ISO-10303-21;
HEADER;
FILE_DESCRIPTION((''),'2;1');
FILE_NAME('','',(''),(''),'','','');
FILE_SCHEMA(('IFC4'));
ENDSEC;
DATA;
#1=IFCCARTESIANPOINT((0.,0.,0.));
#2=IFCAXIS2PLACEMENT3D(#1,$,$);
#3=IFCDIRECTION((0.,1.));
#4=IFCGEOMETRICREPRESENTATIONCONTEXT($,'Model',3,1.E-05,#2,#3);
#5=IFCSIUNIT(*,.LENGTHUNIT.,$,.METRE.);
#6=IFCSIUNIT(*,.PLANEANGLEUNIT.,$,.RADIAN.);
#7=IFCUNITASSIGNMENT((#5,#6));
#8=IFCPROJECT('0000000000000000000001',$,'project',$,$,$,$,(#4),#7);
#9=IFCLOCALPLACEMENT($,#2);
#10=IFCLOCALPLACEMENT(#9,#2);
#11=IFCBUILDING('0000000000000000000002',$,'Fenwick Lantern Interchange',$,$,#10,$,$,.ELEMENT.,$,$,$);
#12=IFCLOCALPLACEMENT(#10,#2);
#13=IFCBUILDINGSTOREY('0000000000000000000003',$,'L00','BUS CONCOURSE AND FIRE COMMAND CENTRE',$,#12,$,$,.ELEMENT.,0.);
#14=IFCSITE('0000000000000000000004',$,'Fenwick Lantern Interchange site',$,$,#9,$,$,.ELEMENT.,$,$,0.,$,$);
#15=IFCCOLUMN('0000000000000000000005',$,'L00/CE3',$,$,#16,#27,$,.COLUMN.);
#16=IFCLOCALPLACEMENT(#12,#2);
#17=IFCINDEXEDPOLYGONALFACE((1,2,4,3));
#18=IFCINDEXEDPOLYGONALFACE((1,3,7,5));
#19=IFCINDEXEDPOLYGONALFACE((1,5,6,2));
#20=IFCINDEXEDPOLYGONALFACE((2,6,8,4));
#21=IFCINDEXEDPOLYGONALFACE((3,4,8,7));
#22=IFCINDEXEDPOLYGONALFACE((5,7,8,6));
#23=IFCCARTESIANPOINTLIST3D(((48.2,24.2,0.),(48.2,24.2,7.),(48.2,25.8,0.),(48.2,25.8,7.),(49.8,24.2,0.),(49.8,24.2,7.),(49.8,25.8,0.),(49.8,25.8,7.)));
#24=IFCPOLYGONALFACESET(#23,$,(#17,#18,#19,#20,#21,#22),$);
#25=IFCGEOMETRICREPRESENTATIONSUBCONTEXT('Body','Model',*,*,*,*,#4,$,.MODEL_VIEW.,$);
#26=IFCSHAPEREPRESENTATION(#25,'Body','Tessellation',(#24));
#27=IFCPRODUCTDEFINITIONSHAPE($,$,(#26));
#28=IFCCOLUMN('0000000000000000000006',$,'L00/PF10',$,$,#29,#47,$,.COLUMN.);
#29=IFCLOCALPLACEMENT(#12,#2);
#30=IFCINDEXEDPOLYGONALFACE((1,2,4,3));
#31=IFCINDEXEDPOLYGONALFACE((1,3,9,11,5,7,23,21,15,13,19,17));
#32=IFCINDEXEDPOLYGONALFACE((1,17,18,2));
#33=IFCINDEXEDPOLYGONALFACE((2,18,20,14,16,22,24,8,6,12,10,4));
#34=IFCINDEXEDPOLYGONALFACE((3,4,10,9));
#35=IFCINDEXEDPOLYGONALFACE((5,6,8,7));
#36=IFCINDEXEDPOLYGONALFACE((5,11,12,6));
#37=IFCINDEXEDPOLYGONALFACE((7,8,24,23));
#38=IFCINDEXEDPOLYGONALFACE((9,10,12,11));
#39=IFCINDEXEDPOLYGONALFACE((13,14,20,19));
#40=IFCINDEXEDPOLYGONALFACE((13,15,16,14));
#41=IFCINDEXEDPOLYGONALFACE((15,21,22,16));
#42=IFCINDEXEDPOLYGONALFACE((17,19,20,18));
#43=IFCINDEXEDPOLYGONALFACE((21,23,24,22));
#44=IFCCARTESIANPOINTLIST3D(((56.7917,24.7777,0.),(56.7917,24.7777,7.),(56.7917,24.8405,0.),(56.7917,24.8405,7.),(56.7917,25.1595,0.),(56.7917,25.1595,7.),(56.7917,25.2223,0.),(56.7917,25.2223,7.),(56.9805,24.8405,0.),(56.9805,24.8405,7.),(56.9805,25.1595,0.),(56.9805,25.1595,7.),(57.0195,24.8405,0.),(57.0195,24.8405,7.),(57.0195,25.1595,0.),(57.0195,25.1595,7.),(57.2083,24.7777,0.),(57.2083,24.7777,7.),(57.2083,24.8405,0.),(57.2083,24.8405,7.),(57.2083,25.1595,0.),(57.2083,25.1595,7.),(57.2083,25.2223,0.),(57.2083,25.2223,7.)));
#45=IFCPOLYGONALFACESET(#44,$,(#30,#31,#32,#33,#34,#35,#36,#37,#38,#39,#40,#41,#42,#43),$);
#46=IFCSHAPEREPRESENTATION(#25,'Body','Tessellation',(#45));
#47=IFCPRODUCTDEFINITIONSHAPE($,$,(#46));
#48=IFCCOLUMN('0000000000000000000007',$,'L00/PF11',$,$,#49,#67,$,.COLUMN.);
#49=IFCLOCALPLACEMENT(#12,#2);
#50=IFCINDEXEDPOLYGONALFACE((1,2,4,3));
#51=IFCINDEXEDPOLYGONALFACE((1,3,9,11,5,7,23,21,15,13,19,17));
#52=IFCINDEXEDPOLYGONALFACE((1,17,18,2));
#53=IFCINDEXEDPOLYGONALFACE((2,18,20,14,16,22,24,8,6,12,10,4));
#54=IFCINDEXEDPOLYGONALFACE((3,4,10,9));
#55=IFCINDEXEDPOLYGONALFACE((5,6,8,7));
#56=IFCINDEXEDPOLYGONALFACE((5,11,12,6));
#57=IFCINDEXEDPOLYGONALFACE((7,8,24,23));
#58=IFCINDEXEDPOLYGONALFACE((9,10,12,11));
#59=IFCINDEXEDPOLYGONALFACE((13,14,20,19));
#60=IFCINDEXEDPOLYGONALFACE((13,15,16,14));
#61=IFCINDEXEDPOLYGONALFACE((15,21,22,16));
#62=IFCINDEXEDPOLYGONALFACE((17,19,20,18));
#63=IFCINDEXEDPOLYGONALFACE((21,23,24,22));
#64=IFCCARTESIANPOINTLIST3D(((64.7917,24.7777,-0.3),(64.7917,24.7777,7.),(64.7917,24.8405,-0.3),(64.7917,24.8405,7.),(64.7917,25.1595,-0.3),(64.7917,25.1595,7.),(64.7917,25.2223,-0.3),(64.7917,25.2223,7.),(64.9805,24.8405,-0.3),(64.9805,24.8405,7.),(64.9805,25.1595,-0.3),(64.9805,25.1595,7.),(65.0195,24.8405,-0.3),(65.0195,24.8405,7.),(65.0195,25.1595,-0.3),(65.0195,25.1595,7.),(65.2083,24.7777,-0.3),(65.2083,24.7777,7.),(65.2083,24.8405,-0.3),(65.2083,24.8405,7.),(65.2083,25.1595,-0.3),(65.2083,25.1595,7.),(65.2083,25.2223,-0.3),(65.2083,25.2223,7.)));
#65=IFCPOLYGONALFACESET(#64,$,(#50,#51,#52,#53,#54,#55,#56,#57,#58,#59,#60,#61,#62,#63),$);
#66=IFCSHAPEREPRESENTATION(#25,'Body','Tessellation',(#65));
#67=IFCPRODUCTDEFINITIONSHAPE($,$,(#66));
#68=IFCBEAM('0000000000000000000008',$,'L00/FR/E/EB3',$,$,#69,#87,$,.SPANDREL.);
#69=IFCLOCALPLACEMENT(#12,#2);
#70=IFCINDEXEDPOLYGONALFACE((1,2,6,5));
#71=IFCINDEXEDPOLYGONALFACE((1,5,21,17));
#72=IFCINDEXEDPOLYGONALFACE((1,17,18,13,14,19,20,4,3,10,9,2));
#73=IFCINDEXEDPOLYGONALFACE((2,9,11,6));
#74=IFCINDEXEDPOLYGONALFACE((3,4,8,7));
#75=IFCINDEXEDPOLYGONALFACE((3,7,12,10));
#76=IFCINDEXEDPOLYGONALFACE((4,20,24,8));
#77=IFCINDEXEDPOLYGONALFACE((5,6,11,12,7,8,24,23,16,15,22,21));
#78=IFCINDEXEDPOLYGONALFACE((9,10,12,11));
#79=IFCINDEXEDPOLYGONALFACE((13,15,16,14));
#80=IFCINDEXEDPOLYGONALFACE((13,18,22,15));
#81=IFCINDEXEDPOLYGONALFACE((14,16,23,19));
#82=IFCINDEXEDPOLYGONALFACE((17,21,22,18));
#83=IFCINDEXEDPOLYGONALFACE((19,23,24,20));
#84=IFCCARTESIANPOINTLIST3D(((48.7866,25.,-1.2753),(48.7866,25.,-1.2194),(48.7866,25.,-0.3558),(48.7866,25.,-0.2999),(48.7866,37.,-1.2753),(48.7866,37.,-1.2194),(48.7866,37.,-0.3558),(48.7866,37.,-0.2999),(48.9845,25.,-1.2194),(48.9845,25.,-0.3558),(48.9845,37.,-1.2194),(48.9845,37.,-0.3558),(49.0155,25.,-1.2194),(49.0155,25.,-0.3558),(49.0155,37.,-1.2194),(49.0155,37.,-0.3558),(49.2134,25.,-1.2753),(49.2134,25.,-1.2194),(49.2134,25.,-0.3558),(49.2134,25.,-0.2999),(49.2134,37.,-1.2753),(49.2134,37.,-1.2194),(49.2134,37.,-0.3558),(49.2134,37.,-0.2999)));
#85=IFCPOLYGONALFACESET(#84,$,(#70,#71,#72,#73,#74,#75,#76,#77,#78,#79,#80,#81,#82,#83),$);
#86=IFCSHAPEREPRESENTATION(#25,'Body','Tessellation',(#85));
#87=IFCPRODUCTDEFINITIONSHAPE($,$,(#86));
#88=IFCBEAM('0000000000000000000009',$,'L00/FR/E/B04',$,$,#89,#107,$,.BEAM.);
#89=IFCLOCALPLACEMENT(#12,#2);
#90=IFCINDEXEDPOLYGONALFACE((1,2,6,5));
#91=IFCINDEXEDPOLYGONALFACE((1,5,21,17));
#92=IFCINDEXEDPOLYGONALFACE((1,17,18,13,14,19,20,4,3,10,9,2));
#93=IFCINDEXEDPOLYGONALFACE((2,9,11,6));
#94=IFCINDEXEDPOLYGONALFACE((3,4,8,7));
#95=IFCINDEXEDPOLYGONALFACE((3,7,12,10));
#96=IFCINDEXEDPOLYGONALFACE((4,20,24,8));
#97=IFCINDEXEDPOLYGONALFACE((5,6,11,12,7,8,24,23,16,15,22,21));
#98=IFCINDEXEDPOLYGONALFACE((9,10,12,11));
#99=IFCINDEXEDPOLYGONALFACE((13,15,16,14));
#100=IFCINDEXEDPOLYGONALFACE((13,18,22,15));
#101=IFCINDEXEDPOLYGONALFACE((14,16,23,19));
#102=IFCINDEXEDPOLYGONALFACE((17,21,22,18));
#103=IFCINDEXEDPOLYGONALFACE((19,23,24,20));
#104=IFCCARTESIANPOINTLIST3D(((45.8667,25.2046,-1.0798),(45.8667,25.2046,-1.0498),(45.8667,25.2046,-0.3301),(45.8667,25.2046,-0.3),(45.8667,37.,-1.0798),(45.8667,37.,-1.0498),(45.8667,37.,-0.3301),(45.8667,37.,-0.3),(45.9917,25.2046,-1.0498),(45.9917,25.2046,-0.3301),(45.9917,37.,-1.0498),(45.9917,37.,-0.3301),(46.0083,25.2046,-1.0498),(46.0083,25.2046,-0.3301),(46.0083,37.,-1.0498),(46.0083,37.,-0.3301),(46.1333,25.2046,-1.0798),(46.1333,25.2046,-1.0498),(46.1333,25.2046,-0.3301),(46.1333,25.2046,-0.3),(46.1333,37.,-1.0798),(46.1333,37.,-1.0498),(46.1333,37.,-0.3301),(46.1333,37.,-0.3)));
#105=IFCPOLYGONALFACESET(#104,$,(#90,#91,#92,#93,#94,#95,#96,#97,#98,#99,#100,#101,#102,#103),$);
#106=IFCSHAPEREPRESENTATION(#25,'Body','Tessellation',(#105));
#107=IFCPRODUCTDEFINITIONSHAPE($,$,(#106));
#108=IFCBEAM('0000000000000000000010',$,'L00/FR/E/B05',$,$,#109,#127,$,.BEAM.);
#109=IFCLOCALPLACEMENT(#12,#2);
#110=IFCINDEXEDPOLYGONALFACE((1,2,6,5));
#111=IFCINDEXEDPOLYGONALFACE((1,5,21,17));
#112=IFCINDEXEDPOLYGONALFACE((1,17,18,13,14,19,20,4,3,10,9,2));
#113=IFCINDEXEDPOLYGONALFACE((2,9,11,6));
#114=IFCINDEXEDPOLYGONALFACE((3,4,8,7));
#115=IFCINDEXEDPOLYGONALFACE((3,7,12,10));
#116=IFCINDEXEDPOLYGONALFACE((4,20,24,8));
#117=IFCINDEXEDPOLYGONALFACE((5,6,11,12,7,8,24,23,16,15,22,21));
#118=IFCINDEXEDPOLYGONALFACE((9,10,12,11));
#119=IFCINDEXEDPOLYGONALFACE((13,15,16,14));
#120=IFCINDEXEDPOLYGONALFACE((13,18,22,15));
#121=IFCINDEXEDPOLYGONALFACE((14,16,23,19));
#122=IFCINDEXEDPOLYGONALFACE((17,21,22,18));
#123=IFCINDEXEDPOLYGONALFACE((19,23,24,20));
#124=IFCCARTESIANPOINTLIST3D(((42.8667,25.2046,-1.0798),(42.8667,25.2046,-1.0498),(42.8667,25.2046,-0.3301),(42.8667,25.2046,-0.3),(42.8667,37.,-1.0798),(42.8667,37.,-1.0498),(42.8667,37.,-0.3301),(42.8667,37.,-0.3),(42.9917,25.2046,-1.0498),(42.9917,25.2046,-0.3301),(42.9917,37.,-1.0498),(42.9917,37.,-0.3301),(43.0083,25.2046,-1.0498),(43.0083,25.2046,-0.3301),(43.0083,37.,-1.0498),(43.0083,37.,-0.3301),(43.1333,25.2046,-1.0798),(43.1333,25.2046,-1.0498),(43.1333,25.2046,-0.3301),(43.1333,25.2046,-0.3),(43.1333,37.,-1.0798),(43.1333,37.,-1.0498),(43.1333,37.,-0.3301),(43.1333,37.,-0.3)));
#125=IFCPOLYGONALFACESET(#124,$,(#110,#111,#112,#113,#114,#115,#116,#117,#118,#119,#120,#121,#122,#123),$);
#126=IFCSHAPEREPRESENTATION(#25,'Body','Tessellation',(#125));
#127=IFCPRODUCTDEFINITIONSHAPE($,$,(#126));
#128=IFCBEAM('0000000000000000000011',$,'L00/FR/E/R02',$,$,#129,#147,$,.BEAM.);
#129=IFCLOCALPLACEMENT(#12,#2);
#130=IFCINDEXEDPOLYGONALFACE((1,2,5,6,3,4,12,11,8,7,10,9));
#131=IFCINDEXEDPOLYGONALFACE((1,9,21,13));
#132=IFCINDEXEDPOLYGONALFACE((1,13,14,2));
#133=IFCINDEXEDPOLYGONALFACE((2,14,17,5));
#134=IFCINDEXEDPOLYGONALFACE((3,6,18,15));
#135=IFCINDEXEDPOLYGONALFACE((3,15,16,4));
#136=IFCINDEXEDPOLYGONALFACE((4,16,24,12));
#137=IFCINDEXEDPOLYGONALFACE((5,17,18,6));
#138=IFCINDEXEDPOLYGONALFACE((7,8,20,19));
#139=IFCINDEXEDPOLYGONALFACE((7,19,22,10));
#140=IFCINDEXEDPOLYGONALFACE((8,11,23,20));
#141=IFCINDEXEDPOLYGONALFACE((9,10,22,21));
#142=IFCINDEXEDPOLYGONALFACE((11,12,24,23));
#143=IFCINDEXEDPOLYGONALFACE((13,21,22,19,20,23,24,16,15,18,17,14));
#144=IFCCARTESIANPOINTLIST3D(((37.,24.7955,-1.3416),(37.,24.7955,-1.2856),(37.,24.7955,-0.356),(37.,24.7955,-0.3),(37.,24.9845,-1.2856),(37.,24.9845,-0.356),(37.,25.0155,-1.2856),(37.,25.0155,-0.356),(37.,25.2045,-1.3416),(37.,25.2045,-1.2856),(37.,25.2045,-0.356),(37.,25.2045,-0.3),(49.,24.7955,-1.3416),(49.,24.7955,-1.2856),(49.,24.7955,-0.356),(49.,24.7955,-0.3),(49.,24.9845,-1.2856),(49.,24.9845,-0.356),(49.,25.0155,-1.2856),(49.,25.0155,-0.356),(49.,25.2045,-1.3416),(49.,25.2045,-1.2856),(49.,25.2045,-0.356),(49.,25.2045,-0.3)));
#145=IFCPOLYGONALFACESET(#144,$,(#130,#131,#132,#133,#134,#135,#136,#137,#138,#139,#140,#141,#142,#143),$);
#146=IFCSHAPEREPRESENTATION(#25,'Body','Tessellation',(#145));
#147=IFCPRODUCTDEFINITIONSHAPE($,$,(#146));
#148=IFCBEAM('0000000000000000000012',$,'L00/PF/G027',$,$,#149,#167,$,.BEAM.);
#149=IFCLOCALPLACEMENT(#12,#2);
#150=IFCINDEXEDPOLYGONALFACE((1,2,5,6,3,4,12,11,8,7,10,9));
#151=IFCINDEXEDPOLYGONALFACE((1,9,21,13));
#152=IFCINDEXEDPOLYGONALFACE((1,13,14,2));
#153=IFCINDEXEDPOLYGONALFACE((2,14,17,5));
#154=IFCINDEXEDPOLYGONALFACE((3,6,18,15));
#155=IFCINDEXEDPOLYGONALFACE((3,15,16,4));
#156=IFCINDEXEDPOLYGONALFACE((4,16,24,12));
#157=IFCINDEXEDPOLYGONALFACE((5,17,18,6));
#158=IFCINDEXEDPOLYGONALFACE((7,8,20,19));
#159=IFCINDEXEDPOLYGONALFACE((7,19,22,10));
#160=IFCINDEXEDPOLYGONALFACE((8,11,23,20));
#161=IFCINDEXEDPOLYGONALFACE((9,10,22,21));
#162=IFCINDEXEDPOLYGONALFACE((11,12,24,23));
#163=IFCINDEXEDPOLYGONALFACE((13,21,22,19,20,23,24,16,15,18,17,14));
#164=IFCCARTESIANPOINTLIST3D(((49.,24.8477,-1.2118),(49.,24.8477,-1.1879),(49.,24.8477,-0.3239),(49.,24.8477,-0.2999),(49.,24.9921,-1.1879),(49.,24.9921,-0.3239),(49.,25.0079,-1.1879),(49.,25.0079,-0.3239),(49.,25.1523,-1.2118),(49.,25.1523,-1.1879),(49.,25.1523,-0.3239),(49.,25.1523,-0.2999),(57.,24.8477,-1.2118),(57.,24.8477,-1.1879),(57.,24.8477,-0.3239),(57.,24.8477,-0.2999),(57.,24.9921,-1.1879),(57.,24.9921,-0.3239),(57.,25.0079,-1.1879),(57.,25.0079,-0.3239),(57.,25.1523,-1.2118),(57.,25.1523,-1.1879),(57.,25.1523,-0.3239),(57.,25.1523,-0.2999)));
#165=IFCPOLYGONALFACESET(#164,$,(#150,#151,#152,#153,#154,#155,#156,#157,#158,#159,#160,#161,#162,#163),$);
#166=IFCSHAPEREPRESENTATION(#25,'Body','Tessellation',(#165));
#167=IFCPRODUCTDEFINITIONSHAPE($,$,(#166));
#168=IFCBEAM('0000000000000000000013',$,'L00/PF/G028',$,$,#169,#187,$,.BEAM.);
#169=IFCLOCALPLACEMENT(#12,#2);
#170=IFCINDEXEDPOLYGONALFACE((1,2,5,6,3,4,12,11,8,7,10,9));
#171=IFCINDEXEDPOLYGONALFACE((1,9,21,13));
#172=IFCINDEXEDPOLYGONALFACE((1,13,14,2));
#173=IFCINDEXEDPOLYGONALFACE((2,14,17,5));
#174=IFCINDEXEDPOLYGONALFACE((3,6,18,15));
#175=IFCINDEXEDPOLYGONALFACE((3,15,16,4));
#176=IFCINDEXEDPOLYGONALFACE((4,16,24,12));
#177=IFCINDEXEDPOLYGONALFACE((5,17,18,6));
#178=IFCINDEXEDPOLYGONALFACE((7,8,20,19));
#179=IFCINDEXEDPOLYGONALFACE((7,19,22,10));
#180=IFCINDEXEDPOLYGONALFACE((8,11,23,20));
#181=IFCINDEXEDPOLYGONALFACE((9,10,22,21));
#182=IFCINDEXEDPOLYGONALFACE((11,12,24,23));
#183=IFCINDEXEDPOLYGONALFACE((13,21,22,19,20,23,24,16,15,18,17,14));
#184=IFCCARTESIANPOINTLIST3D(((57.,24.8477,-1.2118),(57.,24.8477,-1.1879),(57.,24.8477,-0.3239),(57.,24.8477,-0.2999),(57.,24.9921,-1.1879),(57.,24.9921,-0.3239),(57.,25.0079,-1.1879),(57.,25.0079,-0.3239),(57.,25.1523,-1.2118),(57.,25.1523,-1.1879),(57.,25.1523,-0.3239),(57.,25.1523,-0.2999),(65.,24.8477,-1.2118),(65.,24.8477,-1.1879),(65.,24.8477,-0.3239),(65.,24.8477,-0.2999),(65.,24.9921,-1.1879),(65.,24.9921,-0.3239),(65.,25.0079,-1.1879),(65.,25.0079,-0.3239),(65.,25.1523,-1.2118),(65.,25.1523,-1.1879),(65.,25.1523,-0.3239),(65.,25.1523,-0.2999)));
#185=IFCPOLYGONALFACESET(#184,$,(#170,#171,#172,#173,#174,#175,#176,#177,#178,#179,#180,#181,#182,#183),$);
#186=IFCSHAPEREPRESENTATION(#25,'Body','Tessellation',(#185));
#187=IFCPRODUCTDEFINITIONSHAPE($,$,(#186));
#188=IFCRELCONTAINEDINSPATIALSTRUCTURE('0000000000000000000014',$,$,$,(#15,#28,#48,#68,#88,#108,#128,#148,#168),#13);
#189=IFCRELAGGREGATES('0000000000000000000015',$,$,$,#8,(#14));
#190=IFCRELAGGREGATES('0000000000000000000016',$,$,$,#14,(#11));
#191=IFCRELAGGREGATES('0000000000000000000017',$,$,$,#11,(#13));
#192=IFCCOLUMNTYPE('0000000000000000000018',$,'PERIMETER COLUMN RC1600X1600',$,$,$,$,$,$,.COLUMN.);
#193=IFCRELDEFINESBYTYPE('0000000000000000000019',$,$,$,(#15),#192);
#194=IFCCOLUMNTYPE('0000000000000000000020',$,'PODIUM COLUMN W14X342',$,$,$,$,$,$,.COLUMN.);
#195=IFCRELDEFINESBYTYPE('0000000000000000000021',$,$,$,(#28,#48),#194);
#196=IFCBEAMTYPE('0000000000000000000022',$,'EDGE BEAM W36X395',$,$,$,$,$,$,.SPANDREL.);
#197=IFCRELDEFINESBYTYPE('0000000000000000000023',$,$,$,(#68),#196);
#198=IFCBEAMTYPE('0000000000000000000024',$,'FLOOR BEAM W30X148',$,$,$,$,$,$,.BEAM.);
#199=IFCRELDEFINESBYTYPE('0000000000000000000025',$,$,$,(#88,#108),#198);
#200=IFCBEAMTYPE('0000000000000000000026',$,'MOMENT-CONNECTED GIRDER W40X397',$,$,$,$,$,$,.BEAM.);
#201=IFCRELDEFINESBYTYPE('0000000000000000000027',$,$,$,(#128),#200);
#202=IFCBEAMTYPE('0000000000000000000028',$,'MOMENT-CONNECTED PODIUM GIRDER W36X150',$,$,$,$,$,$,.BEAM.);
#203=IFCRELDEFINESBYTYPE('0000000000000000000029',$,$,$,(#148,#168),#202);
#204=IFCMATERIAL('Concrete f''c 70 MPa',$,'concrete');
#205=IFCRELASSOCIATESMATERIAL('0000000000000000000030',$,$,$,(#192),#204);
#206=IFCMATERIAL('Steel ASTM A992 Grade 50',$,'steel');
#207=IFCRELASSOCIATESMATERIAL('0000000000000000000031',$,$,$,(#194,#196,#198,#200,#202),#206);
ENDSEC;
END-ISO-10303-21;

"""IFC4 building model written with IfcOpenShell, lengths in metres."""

from ifc_helpers import new_model, si_unit, direction, frame, origin, origin_2d, place, context, subcontext, project, spatial, rectangle, i_section, extrude, material, material_profile, profile_set, type_object, element, save


model = new_model("IFC4")

# Units and contexts
model_context = context("Model", 3, precision=1e-05, world=origin(), true_north=direction((0.0, 1.0)))
body_context = subcontext(model_context, "Body", "Model", "MODEL_VIEW")
ifc_project = project(units=[si_unit("LENGTHUNIT", "METRE"), si_unit("PLANEANGLEUNIT", "RADIAN")], contexts=[model_context])

# Site, building, storey
site_placement = place(None, origin())
site = spatial("IfcSite", under=ifc_project, at=site_placement, Name="Fenwick Lantern Interchange site", CompositionType="ELEMENT", RefElevation=0.0)
building_placement = place(site_placement, origin())
building = spatial("IfcBuilding", under=site, at=building_placement, Name="Fenwick Lantern Interchange", CompositionType="ELEMENT")
storey_placement = place(building_placement, origin())
storey = spatial("IfcBuildingStorey", under=building, at=storey_placement, Name="L00", Description="BUS CONCOURSE AND FIRE COMMAND CENTRE", CompositionType="ELEMENT", Elevation=0.0)

# Columns
ifc_material_1 = material(Name="Concrete f'c 70 MPa", Category="concrete")
ifc_material_profile_1 = material_profile(ifc_material_1, rectangle(XDim=1.6001, YDim=1.6001, at=origin_2d()), Name="RC1600X1600")
ifc_profile_set_1 = profile_set([ifc_material_profile_1], Name="Concrete f'c 70 MPa")
column_type_1 = type_object("IfcColumnType", Name="PERIMETER COLUMN RC1600X1600", PredefinedType="COLUMN", material=ifc_profile_set_1)
column_1_placement = place(storey_placement, frame((49.0, 25.0, 0.0), z_axis=(0.0, 0.0, 1.0), x_axis=(1.0, 0.0, 0.0)))
element("IfcColumn", 1, at=column_1_placement, inside=storey, type_object=column_type_1, Name="L00/CE3", PredefinedType="COLUMN", context=body_context, shape_type="SweptSolid", body=[
    extrude(rectangle(XDim=1.6001, YDim=1.6001, at=origin_2d()), origin(), (0.0, 0.0, 1.0), 7.0),
])
ifc_material_2 = material(Name="Steel ASTM A992 Grade 50", Category="steel")
ifc_material_profile_2 = material_profile(ifc_material_2, i_section(OverallWidth=0.4165, OverallDepth=0.4446, WebThickness=0.0391, FlangeThickness=0.0627, at=origin_2d()), Name="W14X342")
ifc_profile_set_2 = profile_set([ifc_material_profile_2], Name="Steel ASTM A992 Grade 50")
column_type_2 = type_object("IfcColumnType", Name="PODIUM COLUMN W14X342", PredefinedType="COLUMN", material=ifc_profile_set_2)
column_2_placement = place(storey_placement, frame((57.0, 25.0, 0.0), z_axis=(0.0, 0.0, 1.0), x_axis=(1.0, 0.0, 0.0)))
element("IfcColumn", 2, at=column_2_placement, inside=storey, type_object=column_type_2, Name="L00/PF10", PredefinedType="COLUMN", context=body_context, shape_type="SweptSolid", body=[
    extrude(i_section(OverallWidth=0.4165, OverallDepth=0.4446, WebThickness=0.0391, FlangeThickness=0.0627, at=origin_2d()), origin(), (0.0, 0.0, 1.0), 7.0),
])
column_3_placement = place(storey_placement, frame((65.0, 25.0, -0.3), z_axis=(0.0, 0.0, 1.0), x_axis=(1.0, 0.0, 0.0)))
element("IfcColumn", 3, at=column_3_placement, inside=storey, type_object=column_type_2, Name="L00/PF11", PredefinedType="COLUMN", context=body_context, shape_type="SweptSolid", body=[
    extrude(i_section(OverallWidth=0.4165, OverallDepth=0.4446, WebThickness=0.0391, FlangeThickness=0.0627, at=origin_2d()), origin(), (0.0, 0.0, 1.0), 7.3),
])

# Beams
ifc_material_profile_3 = material_profile(ifc_material_2, i_section(OverallWidth=0.4268, OverallDepth=0.9753, WebThickness=0.031, FlangeThickness=0.0559, at=origin_2d()), Name="W36X395")
ifc_profile_set_3 = profile_set([ifc_material_profile_3], Name="Steel ASTM A992 Grade 50")
beam_type_1 = type_object("IfcBeamType", Name="EDGE BEAM W36X395", PredefinedType="SPANDREL", material=ifc_profile_set_3)
beam_1_placement = place(storey_placement, frame((49.0, 25.0, -0.7876), z_axis=(0.0, 1.0, 0.0), x_axis=(-1.0, 0.0, 0.0)))
element("IfcBeam", 4, at=beam_1_placement, inside=storey, type_object=beam_type_1, Name="L00/FR/E/EB3", PredefinedType="SPANDREL", context=body_context, shape_type="SweptSolid", body=[
    extrude(i_section(OverallWidth=0.4268, OverallDepth=0.9753, WebThickness=0.031, FlangeThickness=0.0559, at=origin_2d()), origin(), (0.0, 0.0, 1.0), 12.0),
])
ifc_material_profile_4 = material_profile(ifc_material_2, i_section(OverallWidth=0.2666, OverallDepth=0.7798, WebThickness=0.0166, FlangeThickness=0.03, at=origin_2d()), Name="W30X148")
ifc_profile_set_4 = profile_set([ifc_material_profile_4], Name="Steel ASTM A992 Grade 50")
beam_type_2 = type_object("IfcBeamType", Name="FLOOR BEAM W30X148", PredefinedType="BEAM", material=ifc_profile_set_4)
for number, where, z_axis, x_axis, name in (
    (5, (46.0, 25.2046, -0.6899), (0.0, 1.0, 0.0), (-1.0, 0.0, 0.0), "L00/FR/E/B04"),
    (6, (43.0, 25.2046, -0.6899), (0.0, 1.0, 0.0), (-1.0, 0.0, 0.0), "L00/FR/E/B05"),
):
    element("IfcBeam", number, at=place(storey_placement, frame(where, z_axis=z_axis, x_axis=x_axis)), inside=storey, type_object=beam_type_2, Name=name, PredefinedType="BEAM", context=body_context, shape_type="SweptSolid", body=[
        extrude(i_section(OverallWidth=0.2666, OverallDepth=0.7798, WebThickness=0.0166, FlangeThickness=0.03, at=origin_2d()), origin(), (0.0, 0.0, 1.0), 11.7954),
    ])
ifc_material_profile_5 = material_profile(ifc_material_2, i_section(OverallWidth=0.4089, OverallDepth=1.0415, WebThickness=0.031, FlangeThickness=0.0559, at=origin_2d()), Name="W40X397")
ifc_profile_set_5 = profile_set([ifc_material_profile_5], Name="Steel ASTM A992 Grade 50")
beam_type_3 = type_object("IfcBeamType", Name="MOMENT-CONNECTED GIRDER W40X397", PredefinedType="BEAM", material=ifc_profile_set_5)
beam_2_placement = place(storey_placement, frame((49.0, 25.0, -0.8208), z_axis=(-1.0, 0.0, 0.0), x_axis=(0.0, -1.0, 0.0)))
element("IfcBeam", 7, at=beam_2_placement, inside=storey, type_object=beam_type_3, Name="L00/FR/E/R02", PredefinedType="BEAM", context=body_context, shape_type="SweptSolid", body=[
    extrude(i_section(OverallWidth=0.4089, OverallDepth=1.0415, WebThickness=0.031, FlangeThickness=0.0559, at=origin_2d()), origin(), (0.0, 0.0, 1.0), 12.0),
])
ifc_material_profile_6 = material_profile(ifc_material_2, i_section(OverallWidth=0.3047, OverallDepth=0.9119, WebThickness=0.0159, FlangeThickness=0.0239, at=origin_2d()), Name="W36X150")
ifc_profile_set_6 = profile_set([ifc_material_profile_6], Name="Steel ASTM A992 Grade 50")
beam_type_4 = type_object("IfcBeamType", Name="MOMENT-CONNECTED PODIUM GIRDER W36X150", PredefinedType="BEAM", material=ifc_profile_set_6)
for number, where, z_axis, x_axis, name in (
    (8, (49.0, 25.0, -0.7559), (1.0, 0.0, 0.0), (0.0, 1.0, 0.0), "L00/PF/G027"),
    (9, (57.0, 25.0, -0.7559), (1.0, 0.0, 0.0), (0.0, 1.0, 0.0), "L00/PF/G028"),
):
    element("IfcBeam", number, at=place(storey_placement, frame(where, z_axis=z_axis, x_axis=x_axis)), inside=storey, type_object=beam_type_4, Name=name, PredefinedType="BEAM", context=body_context, shape_type="SweptSolid", body=[
        extrude(i_section(OverallWidth=0.3047, OverallDepth=0.9119, WebThickness=0.0159, FlangeThickness=0.0239, at=origin_2d()), origin(), (0.0, 0.0, 1.0), 8.0),
    ])

save(model, "model.ifc")
